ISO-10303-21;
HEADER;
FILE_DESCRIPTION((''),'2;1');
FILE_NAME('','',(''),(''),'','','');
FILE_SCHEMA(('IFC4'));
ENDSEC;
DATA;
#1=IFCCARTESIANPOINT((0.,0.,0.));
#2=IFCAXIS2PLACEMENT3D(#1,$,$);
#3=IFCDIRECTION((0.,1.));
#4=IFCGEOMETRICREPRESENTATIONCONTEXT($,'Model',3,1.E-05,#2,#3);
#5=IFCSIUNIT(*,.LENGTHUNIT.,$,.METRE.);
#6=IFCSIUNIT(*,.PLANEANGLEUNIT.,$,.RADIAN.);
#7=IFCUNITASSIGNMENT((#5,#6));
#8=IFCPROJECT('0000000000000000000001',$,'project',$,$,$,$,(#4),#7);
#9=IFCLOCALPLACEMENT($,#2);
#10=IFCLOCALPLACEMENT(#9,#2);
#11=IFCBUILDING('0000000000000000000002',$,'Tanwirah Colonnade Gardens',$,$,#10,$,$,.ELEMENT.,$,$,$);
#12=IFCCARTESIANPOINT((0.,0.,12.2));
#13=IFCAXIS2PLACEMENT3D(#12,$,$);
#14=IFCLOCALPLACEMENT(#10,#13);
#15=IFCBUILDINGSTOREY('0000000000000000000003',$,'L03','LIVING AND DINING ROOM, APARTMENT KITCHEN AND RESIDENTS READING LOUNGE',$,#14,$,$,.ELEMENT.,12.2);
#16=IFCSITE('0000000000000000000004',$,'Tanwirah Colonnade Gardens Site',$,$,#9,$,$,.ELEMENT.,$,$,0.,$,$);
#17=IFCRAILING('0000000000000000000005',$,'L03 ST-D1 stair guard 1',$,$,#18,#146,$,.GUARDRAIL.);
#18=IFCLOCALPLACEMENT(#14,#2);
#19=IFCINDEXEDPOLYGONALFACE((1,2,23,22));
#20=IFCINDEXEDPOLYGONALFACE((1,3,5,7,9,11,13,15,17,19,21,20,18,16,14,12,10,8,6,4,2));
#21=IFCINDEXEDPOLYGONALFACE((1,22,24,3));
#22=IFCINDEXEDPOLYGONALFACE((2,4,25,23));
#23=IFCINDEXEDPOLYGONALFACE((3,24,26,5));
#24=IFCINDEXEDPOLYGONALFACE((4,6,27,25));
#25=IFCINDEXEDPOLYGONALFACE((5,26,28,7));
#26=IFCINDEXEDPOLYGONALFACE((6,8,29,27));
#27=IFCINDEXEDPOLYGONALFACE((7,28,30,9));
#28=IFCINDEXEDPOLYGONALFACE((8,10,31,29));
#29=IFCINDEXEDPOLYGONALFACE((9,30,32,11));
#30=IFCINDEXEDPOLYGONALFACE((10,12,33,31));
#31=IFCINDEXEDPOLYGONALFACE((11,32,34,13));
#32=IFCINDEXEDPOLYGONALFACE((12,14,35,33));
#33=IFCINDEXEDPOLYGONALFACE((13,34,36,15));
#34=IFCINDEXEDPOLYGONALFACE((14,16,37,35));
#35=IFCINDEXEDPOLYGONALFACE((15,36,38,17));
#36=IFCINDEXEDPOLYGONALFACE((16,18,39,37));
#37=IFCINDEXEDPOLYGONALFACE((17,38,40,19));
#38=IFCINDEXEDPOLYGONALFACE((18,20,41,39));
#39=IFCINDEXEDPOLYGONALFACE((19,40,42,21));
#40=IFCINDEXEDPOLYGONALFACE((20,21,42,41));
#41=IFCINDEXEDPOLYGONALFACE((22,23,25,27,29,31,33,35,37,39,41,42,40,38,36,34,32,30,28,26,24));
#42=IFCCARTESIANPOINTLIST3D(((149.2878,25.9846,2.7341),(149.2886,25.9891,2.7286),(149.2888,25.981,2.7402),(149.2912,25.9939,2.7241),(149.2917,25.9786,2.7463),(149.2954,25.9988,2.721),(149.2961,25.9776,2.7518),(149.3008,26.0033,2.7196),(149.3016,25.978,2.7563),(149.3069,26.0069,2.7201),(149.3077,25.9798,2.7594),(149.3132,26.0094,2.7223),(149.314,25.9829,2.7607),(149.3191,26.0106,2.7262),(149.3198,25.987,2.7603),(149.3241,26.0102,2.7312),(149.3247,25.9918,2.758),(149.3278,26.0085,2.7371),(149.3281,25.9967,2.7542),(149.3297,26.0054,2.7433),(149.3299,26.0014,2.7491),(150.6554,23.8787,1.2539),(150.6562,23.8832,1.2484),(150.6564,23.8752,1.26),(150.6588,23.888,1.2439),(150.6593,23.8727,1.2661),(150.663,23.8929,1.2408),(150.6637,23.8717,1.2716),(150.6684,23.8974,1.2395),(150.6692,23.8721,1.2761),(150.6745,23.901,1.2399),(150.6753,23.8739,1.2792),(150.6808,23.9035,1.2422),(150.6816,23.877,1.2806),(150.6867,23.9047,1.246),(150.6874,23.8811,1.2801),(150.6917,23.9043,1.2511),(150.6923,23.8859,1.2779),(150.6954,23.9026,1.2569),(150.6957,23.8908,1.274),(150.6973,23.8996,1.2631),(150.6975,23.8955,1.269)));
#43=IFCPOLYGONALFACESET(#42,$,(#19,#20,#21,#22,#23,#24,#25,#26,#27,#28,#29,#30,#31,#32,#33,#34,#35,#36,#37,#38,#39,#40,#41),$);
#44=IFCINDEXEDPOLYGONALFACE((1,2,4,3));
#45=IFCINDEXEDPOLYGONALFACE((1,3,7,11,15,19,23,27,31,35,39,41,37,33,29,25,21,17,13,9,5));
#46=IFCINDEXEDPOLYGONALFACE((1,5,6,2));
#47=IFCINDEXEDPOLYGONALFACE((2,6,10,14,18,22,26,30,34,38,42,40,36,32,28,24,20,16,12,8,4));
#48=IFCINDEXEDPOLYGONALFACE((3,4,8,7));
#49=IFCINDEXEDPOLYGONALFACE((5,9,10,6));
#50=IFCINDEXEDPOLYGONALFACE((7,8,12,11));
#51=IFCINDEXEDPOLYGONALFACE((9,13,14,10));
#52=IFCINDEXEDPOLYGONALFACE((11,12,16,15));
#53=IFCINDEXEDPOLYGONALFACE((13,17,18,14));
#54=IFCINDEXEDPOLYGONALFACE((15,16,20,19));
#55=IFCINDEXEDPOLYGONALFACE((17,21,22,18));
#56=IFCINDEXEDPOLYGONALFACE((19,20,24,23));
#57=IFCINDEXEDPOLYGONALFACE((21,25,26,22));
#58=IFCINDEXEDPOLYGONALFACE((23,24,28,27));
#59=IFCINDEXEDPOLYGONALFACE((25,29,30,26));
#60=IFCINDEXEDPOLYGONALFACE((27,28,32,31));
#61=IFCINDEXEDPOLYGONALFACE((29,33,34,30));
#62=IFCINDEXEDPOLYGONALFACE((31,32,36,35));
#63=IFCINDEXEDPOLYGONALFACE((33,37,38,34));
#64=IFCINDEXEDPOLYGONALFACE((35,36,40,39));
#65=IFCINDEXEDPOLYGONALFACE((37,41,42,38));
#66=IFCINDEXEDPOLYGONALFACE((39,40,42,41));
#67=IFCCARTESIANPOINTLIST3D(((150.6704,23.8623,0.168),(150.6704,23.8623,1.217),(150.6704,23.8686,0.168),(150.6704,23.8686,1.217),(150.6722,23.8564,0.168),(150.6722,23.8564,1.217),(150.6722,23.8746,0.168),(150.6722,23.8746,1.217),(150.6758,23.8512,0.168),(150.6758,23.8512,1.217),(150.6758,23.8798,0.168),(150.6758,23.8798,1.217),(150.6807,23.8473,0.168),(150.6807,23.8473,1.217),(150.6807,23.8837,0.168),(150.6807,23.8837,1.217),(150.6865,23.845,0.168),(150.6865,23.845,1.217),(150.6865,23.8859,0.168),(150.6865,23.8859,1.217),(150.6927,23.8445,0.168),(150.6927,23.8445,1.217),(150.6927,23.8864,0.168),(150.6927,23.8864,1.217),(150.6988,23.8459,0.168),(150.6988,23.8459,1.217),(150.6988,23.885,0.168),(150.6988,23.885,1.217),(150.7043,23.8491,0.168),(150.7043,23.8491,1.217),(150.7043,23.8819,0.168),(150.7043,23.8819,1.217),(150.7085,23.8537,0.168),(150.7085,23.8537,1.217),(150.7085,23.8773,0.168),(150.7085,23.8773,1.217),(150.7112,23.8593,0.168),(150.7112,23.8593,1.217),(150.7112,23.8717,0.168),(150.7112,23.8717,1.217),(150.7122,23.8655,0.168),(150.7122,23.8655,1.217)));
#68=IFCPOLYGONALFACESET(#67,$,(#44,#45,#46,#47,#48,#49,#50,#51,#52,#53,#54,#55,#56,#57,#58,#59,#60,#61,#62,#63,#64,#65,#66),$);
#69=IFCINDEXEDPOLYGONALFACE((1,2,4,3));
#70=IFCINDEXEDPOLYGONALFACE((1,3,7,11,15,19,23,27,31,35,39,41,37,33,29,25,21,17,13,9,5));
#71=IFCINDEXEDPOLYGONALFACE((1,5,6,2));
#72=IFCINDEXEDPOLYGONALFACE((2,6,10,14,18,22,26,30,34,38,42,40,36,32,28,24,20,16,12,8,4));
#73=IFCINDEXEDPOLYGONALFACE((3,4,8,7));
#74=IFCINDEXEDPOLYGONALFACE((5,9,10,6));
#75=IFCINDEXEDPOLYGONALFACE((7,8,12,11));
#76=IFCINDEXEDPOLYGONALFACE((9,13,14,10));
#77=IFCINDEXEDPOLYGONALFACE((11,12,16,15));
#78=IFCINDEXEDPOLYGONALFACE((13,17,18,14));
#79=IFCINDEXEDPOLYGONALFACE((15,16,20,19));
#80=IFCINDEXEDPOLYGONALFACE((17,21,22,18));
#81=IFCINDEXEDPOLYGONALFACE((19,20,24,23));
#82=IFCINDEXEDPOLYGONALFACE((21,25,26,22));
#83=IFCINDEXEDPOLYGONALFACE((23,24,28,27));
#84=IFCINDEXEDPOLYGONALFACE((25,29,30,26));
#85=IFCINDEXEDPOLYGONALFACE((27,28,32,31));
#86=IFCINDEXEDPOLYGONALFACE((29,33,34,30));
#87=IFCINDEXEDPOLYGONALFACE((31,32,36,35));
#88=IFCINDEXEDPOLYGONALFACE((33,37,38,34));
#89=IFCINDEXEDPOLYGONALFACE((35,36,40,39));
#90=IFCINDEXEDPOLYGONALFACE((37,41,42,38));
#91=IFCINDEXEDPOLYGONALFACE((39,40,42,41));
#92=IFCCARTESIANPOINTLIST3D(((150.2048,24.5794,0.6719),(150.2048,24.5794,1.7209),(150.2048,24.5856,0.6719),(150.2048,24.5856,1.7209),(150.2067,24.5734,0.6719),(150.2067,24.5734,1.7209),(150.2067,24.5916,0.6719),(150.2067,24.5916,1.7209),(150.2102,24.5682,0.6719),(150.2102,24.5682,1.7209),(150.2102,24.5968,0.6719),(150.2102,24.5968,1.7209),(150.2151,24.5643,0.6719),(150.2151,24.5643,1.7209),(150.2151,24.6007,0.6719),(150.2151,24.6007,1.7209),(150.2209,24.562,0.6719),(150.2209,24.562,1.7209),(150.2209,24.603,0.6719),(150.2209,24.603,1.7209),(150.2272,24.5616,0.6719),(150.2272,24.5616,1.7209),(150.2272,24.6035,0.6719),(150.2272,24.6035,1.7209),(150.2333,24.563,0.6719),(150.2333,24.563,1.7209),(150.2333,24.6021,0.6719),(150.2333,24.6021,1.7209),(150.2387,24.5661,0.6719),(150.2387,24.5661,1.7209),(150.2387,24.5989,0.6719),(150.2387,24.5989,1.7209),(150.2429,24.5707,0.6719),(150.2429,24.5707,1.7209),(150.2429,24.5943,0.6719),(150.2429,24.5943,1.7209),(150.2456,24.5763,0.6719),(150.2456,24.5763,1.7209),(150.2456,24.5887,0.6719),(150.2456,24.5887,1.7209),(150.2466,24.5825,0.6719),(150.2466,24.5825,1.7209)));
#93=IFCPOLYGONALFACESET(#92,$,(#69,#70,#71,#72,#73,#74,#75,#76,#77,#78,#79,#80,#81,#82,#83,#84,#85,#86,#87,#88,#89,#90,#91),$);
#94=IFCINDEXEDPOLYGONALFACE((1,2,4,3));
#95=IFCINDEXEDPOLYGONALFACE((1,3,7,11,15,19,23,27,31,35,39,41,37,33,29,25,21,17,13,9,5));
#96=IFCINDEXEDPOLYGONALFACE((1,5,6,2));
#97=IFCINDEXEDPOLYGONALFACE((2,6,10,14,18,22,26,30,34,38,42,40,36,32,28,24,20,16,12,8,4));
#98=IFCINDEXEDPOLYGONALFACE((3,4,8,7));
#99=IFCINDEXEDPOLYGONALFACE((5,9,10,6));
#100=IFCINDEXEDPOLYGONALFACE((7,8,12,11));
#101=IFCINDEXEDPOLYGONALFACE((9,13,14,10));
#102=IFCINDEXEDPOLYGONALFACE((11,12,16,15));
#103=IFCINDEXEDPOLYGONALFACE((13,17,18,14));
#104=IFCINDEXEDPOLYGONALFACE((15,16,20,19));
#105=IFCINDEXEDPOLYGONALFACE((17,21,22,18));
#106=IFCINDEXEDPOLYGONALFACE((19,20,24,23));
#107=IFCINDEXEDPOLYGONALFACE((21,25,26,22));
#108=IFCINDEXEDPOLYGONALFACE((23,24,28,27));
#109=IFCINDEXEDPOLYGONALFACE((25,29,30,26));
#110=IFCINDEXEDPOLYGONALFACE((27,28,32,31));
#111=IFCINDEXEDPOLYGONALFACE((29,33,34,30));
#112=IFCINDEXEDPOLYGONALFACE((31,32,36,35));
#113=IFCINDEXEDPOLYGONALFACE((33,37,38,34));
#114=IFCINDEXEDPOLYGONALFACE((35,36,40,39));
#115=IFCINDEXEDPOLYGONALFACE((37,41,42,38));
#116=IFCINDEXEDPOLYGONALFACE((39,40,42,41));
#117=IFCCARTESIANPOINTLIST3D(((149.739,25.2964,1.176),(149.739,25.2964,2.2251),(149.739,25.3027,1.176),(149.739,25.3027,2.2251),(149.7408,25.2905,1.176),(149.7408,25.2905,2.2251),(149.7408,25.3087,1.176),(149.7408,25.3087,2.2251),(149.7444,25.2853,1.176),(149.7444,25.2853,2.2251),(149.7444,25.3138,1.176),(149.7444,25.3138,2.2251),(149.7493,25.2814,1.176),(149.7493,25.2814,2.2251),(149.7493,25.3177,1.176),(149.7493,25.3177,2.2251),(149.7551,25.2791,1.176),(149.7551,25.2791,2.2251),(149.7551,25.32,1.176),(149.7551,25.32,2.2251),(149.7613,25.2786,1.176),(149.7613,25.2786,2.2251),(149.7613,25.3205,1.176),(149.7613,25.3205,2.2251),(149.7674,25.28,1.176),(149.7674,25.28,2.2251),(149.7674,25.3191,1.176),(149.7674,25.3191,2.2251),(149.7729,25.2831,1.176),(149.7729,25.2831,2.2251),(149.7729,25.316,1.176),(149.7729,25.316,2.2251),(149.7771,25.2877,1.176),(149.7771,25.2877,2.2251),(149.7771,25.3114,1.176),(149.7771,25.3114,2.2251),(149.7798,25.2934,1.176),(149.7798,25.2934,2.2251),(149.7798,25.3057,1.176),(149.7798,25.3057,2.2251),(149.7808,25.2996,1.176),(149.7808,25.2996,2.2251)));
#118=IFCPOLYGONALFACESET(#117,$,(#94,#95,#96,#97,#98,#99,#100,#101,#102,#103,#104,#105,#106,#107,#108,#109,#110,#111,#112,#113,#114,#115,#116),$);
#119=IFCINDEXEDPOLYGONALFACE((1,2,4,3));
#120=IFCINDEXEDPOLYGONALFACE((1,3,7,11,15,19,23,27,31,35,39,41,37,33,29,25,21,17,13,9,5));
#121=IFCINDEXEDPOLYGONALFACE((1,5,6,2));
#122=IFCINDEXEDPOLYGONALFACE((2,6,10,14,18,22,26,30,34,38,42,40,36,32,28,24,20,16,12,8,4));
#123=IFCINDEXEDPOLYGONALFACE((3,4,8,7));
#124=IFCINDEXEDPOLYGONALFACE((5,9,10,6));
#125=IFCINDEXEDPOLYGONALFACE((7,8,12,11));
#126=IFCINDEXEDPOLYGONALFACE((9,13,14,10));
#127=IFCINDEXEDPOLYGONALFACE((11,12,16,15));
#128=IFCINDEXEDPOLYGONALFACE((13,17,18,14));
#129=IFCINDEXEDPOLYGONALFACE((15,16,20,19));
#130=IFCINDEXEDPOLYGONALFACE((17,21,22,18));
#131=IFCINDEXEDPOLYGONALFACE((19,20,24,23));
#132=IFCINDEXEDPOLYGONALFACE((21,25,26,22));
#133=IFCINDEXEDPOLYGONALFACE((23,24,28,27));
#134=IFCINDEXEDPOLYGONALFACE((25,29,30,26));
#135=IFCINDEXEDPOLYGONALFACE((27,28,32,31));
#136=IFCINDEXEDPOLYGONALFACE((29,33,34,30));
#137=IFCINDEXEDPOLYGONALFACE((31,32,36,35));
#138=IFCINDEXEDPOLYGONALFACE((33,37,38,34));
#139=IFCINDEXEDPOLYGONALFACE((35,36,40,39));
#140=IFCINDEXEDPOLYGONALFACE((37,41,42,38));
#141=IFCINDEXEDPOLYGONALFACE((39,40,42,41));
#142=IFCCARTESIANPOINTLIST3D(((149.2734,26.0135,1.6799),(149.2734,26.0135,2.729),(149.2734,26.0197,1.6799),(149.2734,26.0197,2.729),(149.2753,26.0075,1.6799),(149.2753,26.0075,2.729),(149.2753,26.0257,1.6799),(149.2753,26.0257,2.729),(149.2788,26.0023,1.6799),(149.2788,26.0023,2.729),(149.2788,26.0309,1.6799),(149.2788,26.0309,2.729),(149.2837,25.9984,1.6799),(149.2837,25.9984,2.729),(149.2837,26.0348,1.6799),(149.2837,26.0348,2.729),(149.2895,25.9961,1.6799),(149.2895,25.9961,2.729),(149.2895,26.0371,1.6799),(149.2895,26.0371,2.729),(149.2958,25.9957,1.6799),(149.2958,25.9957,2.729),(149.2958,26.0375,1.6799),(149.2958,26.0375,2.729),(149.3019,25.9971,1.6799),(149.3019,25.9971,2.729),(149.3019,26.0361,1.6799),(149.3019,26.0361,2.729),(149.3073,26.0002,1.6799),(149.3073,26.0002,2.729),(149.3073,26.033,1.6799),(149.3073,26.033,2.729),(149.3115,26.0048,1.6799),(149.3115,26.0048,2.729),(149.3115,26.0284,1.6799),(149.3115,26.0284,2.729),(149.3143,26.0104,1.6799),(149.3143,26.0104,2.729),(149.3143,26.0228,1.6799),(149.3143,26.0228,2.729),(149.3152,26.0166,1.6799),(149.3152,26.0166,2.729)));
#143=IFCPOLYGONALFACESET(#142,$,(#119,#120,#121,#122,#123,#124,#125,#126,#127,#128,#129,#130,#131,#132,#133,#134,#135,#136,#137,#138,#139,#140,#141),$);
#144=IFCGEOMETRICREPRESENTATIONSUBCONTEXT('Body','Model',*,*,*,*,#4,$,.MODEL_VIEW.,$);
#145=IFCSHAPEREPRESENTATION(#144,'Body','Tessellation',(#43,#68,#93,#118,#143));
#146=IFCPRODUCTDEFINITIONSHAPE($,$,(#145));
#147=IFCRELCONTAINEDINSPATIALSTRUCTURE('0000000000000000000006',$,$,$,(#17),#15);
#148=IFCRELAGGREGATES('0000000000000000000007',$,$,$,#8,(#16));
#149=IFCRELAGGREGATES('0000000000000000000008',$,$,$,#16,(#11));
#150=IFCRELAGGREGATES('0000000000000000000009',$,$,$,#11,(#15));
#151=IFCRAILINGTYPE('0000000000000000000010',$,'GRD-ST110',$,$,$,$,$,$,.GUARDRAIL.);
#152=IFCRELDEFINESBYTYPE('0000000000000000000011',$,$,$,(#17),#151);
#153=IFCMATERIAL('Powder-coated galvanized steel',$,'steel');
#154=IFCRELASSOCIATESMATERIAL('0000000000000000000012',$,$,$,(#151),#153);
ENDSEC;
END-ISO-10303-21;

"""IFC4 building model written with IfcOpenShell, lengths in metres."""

from ifc_helpers import new_model, si_unit, direction, frame, origin, origin_2d, place, context, subcontext, project, spatial, circle, extrude, material, type_object, element, save


model = new_model("IFC4")

# Units and contexts
model_context = context("Model", 3, precision=1e-05, world=origin(), true_north=direction((0.0, 1.0)))
body_context = subcontext(model_context, "Body", "Model", "MODEL_VIEW")
ifc_project = project(units=[si_unit("LENGTHUNIT", "METRE"), si_unit("PLANEANGLEUNIT", "RADIAN")], contexts=[model_context])

# Site, building, storey
site_placement = place(None, origin())
site = spatial("IfcSite", under=ifc_project, at=site_placement, Name="Tanwirah Colonnade Gardens Site", CompositionType="ELEMENT", RefElevation=0.0)
building_placement = place(site_placement, origin())
building = spatial("IfcBuilding", under=site, at=building_placement, Name="Tanwirah Colonnade Gardens", CompositionType="ELEMENT")
storey_placement = place(building_placement, frame((0.0, 0.0, 12.2)))
storey = spatial("IfcBuildingStorey", under=building, at=storey_placement, Name="L03", Description="LIVING AND DINING ROOM, APARTMENT KITCHEN AND RESIDENTS READING LOUNGE", CompositionType="ELEMENT", Elevation=12.2)

# Railing
ifc_material_1 = material(Name="Powder-coated galvanized steel", Category="steel")
railing_type_1 = type_object("IfcRailingType", Name="GRD-ST110", PredefinedType="GUARDRAIL", material=ifc_material_1)
railing_1_placement = place(storey_placement, frame((150.6912, 23.8655, 0.168)))
element("IfcRailing", 1, at=railing_1_placement, inside=storey, type_object=railing_type_1, Name="L03 ST-D1 stair guard 1", PredefinedType="GUARDRAIL", context=body_context, shape_type="SweptSolid", body=[
    extrude(circle(Radius=0.0239, at=origin_2d()), frame((-0.0146, 0.0227, 1.092), z_axis=(-0.469193, 0.722484, 0.507814), x_axis=(-0.838668, -0.544644, 0.0)), (0.0, 0.0, 1.0), 2.9148),
    extrude(circle(Radius=0.021, at=origin_2d()), origin(), (0.0, 0.0, 1.0), 1.0491),
    extrude(circle(Radius=0.021, at=origin_2d()), frame((-0.4656, 0.717, 0.5039)), (0.0, 0.0, 1.0), 1.0491),
    extrude(circle(Radius=0.021, at=origin_2d()), frame((-0.9314, 1.4341, 1.0081)), (0.0, 0.0, 1.0), 1.0491),
    extrude(circle(Radius=0.021, at=origin_2d()), frame((-1.397, 2.1511, 1.512)), (0.0, 0.0, 1.0), 1.0491),
])

save(model, "model.ifc")
